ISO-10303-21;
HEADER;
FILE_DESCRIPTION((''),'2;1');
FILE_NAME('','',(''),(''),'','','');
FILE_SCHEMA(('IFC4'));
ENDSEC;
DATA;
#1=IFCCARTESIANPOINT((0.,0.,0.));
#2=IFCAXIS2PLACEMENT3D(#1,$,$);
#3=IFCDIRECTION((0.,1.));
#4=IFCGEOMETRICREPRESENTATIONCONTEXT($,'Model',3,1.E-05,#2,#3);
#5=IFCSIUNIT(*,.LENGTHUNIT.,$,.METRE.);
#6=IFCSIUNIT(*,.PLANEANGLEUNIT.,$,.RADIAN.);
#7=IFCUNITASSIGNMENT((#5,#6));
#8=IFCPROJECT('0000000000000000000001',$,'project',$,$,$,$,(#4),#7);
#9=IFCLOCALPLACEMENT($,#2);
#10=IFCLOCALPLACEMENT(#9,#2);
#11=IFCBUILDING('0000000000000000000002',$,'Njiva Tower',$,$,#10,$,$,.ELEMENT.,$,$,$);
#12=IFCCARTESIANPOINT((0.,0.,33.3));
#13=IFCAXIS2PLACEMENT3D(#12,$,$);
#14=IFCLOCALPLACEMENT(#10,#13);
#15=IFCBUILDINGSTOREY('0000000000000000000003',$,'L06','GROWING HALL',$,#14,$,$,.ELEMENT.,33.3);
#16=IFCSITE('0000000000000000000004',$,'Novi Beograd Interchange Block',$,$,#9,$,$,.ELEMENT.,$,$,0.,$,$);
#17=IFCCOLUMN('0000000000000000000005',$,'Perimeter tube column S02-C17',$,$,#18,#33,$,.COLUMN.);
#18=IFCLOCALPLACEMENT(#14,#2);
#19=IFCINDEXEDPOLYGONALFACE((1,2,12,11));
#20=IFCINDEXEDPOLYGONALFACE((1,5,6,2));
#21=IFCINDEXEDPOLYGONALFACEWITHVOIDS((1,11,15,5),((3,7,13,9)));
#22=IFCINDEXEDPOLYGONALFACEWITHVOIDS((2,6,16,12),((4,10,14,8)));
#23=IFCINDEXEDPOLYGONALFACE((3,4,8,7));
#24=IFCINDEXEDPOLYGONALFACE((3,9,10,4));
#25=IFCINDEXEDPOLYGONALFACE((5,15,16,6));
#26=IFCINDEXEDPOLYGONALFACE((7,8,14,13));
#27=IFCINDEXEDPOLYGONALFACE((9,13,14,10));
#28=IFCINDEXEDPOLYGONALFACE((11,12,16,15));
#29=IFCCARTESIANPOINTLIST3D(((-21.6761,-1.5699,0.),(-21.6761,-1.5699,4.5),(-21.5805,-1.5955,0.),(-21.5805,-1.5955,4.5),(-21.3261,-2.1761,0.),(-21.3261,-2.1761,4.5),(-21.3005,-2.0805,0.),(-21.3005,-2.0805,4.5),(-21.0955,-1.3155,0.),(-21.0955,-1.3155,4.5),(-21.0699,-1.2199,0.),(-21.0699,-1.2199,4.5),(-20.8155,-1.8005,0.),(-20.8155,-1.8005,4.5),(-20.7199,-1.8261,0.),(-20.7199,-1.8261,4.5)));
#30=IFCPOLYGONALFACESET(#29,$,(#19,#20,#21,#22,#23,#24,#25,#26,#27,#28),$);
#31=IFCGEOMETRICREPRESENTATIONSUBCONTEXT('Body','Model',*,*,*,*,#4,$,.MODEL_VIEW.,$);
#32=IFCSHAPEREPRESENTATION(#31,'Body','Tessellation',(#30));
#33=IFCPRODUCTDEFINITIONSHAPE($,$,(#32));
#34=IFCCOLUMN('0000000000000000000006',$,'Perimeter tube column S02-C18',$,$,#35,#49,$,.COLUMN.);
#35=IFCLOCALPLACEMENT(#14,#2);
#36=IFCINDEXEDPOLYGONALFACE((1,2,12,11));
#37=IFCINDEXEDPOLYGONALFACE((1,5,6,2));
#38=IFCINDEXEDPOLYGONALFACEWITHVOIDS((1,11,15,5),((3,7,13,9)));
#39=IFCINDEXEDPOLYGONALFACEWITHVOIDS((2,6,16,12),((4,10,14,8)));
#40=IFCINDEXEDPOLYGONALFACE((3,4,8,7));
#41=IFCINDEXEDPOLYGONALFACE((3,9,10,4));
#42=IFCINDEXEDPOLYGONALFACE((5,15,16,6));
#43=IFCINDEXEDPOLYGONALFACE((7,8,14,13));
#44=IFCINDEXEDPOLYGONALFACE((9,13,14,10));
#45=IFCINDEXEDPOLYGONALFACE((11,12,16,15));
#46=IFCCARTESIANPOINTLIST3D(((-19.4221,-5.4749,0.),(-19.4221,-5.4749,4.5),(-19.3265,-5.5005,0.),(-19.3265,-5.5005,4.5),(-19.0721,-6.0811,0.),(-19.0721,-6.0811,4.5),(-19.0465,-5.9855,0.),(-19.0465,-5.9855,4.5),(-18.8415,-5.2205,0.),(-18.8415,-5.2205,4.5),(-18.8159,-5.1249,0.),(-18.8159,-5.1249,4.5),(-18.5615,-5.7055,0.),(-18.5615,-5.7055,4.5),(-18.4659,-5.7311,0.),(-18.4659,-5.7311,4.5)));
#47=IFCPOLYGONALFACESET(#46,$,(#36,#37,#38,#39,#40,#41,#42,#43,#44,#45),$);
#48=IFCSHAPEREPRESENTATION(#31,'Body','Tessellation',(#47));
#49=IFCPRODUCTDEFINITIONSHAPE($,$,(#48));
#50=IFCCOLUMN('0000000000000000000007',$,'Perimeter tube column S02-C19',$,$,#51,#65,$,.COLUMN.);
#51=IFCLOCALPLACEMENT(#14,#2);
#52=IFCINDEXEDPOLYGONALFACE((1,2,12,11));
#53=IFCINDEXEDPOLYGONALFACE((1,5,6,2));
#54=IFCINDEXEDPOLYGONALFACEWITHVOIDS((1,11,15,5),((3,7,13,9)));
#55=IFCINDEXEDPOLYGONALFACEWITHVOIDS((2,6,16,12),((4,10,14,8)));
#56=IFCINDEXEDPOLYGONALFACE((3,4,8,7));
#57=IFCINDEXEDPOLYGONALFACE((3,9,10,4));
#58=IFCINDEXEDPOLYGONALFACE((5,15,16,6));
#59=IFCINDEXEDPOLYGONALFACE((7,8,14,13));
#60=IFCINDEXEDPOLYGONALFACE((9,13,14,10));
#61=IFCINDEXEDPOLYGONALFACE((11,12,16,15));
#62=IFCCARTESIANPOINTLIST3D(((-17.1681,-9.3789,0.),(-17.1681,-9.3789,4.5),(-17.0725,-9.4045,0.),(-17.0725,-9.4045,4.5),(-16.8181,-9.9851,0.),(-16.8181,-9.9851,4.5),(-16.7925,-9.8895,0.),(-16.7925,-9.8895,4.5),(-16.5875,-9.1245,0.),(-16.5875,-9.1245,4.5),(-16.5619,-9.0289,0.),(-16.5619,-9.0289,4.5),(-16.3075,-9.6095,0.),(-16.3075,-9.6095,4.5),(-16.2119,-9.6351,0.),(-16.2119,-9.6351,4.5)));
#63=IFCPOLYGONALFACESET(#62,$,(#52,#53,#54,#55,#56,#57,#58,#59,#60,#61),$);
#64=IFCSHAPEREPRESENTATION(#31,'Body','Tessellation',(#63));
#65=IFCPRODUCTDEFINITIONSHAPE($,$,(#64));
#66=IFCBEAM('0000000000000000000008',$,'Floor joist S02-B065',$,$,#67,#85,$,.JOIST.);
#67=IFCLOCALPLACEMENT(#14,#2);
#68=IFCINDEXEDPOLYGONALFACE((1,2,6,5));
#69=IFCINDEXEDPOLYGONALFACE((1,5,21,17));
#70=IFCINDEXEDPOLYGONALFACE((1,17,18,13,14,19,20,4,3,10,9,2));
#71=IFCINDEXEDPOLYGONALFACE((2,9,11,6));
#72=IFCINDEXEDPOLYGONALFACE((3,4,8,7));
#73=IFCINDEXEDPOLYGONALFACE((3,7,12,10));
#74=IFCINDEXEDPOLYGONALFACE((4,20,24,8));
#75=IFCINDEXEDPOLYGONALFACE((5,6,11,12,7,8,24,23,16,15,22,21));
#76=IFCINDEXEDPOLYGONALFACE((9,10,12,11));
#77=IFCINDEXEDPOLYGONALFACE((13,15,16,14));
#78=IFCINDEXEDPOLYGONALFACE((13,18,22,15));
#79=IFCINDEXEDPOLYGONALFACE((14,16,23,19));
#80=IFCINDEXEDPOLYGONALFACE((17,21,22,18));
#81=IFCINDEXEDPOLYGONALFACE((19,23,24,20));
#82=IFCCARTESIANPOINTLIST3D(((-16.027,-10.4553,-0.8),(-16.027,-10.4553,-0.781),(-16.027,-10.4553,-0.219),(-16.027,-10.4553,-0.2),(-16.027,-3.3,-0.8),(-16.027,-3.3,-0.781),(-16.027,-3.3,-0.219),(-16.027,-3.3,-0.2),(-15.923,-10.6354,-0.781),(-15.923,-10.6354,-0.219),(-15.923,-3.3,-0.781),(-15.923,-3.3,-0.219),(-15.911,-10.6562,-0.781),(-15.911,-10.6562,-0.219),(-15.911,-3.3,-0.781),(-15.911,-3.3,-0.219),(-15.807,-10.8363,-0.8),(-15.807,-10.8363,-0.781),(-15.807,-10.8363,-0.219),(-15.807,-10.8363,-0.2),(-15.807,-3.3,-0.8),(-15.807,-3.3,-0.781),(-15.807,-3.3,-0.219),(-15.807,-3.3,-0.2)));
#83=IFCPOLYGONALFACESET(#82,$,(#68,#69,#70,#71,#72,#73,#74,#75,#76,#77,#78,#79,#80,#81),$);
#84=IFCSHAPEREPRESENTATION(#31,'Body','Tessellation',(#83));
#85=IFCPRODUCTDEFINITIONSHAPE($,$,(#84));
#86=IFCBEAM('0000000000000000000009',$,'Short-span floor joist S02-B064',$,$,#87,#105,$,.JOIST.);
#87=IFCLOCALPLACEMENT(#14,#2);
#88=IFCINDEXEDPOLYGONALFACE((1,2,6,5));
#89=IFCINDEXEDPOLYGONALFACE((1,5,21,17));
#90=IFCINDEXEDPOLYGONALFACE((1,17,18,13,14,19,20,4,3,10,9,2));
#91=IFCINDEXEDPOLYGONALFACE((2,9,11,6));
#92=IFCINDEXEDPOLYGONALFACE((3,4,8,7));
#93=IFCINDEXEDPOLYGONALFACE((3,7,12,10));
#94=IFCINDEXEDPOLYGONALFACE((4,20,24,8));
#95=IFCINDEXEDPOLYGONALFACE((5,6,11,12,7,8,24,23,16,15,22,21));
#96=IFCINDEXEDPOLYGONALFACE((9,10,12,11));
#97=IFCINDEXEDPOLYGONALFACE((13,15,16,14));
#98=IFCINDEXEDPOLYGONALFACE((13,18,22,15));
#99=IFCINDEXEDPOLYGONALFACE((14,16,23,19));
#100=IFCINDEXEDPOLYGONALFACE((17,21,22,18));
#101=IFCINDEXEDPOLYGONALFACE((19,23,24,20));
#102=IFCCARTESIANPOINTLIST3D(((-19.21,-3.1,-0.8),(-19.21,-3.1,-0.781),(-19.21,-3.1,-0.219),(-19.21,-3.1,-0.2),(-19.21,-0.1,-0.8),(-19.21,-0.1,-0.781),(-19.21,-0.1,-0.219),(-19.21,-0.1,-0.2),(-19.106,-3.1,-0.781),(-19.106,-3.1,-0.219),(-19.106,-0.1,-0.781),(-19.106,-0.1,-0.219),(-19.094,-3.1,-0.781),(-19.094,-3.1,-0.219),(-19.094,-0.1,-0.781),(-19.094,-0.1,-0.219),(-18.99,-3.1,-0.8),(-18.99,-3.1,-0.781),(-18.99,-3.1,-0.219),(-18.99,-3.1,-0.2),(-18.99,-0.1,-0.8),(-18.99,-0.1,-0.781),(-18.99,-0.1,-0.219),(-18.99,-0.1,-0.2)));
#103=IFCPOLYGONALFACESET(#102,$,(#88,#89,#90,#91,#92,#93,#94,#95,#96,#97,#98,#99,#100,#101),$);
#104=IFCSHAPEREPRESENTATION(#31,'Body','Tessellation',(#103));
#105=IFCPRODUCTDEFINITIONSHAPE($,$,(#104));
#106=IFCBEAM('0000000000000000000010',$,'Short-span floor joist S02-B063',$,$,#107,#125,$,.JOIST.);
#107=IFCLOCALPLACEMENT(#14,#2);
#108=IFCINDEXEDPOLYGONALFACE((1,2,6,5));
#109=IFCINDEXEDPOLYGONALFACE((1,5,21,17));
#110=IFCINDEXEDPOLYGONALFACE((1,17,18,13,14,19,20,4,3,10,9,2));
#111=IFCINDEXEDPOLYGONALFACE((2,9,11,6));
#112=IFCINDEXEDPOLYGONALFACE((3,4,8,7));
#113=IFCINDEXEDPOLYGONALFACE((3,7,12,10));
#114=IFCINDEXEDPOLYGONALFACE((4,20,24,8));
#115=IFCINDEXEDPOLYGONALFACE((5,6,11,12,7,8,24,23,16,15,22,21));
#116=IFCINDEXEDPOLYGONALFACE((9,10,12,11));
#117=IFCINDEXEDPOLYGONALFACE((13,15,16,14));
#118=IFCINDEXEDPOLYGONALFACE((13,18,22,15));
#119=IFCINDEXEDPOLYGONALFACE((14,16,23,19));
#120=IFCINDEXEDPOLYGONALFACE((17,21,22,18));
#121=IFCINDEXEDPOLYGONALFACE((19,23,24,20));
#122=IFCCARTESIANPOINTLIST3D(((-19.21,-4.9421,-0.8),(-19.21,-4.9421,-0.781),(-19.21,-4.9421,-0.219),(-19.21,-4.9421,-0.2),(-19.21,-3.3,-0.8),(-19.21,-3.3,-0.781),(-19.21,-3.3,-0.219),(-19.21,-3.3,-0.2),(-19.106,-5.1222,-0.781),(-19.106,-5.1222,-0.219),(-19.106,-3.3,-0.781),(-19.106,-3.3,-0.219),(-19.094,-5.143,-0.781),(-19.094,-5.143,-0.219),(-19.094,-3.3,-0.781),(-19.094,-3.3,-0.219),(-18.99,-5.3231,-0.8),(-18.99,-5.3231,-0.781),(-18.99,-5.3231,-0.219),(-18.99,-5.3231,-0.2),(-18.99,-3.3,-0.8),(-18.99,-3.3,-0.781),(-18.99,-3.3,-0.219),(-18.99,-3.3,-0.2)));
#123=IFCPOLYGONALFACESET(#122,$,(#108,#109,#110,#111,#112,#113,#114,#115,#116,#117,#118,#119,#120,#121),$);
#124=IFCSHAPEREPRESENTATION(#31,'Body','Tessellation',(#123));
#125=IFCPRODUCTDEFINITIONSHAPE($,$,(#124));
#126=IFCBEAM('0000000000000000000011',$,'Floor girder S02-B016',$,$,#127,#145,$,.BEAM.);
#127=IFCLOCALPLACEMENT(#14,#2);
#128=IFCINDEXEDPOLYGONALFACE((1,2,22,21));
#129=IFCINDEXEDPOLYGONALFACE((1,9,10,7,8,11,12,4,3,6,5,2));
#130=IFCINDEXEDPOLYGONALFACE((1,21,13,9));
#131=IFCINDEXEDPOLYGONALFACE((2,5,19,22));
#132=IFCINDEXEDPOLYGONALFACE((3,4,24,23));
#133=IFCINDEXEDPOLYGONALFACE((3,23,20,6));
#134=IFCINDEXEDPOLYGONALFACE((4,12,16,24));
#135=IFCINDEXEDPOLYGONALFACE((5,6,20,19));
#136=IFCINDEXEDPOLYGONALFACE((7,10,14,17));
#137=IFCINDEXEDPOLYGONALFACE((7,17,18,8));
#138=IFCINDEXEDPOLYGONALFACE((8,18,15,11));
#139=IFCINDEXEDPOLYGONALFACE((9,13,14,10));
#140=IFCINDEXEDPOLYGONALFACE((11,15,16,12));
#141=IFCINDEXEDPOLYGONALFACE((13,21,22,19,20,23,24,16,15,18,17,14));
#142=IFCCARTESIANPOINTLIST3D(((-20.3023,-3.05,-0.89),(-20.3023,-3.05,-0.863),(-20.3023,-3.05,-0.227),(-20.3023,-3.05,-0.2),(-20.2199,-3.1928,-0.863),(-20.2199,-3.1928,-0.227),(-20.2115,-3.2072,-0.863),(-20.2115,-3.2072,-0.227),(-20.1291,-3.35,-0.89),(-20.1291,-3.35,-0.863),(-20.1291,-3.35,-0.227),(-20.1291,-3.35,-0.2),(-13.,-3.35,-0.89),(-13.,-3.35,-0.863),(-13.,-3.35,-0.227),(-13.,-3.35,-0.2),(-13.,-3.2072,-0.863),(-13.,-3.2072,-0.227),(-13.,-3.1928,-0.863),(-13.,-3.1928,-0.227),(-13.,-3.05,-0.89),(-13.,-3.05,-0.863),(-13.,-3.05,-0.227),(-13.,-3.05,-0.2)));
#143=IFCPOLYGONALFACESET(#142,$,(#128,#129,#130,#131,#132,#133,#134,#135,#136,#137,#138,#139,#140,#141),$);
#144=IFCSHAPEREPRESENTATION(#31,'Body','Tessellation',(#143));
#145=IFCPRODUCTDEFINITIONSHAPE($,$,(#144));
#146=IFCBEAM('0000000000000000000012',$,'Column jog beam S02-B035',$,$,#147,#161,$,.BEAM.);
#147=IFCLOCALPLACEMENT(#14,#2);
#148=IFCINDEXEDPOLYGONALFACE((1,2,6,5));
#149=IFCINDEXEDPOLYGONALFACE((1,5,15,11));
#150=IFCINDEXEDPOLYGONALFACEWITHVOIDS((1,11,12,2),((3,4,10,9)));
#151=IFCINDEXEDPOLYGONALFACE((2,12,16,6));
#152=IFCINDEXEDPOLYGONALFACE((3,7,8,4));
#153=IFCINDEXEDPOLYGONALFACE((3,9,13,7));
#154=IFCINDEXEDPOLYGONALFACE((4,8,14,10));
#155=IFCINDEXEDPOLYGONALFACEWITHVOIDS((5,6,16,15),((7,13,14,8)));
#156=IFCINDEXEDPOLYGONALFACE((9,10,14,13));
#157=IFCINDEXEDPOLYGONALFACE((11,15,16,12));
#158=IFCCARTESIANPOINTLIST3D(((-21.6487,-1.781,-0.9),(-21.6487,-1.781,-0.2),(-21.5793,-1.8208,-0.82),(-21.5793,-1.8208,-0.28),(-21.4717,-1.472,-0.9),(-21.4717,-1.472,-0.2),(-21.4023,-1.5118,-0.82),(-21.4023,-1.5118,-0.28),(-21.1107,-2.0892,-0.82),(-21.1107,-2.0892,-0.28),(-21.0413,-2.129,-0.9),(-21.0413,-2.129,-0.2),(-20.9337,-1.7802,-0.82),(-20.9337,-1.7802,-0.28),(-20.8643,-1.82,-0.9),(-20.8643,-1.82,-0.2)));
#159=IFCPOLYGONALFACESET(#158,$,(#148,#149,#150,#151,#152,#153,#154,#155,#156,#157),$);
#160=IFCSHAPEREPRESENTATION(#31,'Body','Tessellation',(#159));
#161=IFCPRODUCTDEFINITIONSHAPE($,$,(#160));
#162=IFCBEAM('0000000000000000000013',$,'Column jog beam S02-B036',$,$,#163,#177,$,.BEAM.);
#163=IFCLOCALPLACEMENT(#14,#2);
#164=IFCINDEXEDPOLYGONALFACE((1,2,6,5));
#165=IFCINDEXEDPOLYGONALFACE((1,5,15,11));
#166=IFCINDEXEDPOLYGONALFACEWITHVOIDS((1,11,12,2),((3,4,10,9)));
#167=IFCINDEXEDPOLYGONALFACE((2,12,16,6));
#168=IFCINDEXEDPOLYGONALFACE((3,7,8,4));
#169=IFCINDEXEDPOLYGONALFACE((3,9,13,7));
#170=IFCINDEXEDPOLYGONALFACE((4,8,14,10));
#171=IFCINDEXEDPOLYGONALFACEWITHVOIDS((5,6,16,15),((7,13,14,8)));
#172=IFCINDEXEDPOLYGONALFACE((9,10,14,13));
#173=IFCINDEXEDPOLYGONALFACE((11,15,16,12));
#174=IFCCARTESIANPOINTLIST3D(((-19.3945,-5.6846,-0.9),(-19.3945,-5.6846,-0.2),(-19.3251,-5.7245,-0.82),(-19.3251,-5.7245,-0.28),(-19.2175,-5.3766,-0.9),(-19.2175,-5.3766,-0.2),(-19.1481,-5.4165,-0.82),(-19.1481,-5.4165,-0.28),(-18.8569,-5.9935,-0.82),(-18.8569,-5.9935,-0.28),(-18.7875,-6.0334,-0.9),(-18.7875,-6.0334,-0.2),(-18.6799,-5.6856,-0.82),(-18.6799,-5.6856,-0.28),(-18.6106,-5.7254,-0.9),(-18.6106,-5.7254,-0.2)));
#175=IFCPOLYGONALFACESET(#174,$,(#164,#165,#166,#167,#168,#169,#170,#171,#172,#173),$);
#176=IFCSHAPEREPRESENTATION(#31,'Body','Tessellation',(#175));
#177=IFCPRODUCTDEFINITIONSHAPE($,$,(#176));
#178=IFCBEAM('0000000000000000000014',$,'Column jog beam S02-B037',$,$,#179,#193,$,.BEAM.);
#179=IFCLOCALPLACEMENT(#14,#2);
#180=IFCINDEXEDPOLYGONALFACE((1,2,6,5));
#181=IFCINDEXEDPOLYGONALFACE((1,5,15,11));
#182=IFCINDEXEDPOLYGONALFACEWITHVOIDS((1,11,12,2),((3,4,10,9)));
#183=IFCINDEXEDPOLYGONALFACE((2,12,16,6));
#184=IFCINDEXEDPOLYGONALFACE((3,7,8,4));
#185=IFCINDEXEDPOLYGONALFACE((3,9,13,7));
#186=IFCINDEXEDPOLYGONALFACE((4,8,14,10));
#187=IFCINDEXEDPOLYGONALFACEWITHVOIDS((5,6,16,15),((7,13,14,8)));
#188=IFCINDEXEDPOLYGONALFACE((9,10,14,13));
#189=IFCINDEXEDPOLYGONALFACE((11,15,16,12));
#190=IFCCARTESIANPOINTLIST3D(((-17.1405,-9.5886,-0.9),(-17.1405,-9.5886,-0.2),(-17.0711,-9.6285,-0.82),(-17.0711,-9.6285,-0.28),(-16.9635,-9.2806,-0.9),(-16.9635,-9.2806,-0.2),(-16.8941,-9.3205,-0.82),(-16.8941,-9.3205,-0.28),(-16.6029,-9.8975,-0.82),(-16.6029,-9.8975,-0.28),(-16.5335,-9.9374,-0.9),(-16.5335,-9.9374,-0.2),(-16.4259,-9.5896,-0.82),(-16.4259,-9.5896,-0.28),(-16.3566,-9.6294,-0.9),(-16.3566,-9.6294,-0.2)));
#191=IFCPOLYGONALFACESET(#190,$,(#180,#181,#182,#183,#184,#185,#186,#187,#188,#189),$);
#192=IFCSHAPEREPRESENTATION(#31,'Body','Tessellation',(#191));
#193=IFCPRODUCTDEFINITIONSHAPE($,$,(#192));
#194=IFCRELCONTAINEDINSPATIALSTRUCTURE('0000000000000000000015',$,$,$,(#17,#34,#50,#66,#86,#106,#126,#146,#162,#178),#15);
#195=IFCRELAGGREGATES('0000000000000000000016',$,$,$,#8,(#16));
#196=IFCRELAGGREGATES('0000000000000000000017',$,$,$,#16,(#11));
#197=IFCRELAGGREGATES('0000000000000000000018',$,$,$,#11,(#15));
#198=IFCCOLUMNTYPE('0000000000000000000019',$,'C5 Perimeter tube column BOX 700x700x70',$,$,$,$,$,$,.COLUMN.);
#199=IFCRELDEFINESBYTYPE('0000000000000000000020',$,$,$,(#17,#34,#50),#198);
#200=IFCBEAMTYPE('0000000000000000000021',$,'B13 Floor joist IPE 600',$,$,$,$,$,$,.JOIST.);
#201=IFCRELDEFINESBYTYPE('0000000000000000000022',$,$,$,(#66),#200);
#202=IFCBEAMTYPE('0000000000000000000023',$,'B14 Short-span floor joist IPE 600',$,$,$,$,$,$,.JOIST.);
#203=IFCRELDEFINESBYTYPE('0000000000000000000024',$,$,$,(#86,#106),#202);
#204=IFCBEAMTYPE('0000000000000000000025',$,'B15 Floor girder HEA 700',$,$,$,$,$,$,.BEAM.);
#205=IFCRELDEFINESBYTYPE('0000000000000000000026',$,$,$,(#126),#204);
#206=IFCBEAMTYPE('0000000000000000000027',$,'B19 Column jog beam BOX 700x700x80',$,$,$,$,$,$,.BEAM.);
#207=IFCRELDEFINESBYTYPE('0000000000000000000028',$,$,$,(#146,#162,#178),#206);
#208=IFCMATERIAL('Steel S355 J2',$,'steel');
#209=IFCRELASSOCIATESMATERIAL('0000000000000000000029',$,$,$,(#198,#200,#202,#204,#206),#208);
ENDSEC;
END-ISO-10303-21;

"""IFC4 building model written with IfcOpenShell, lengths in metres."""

from ifc_helpers import new_model, si_unit, direction, frame, origin, origin_2d, place, context, subcontext, project, spatial, hollow_rectangle, i_section, extrude, clip, halfspace, material, material_profile, profile_set, type_object, element, save


model = new_model("IFC4")

# Units and contexts
model_context = context("Model", 3, precision=1e-05, world=origin(), true_north=direction((0.0, 1.0)))
body_context = subcontext(model_context, "Body", "Model", "MODEL_VIEW")
ifc_project = project(units=[si_unit("LENGTHUNIT", "METRE"), si_unit("PLANEANGLEUNIT", "RADIAN")], contexts=[model_context])

# Site, building, storey
site_placement = place(None, origin())
site = spatial("IfcSite", under=ifc_project, at=site_placement, Name="Novi Beograd Interchange Block", CompositionType="ELEMENT", RefElevation=0.0)
building_placement = place(site_placement, origin())
building = spatial("IfcBuilding", under=site, at=building_placement, Name="Njiva Tower", CompositionType="ELEMENT")
storey_placement = place(building_placement, frame((0.0, 0.0, 33.3)))
storey = spatial("IfcBuildingStorey", under=building, at=storey_placement, Name="L06", Description="GROWING HALL", CompositionType="ELEMENT", Elevation=33.3)

# Columns
ifc_material_1 = material(Name="Steel S355 J2", Category="steel")
ifc_material_profile_1 = material_profile(ifc_material_1, hollow_rectangle(XDim=0.7, YDim=0.7, WallThickness=0.07, at=origin_2d()), Name="BOX 700x700x70")
ifc_profile_set_1 = profile_set([ifc_material_profile_1], Name="Steel S355 J2")
column_type = type_object("IfcColumnType", Name="C5 Perimeter tube column BOX 700x700x70", PredefinedType="COLUMN", material=ifc_profile_set_1)
for number, where, z_axis, x_axis, name in (
    (1, (-21.198, -1.698, 0.0), (0.0, 0.0, 1.0), (0.5, -0.866025, 0.0), "Perimeter tube column S02-C17"),
    (2, (-18.944, -5.603, 0.0), (0.0, 0.0, 1.0), (0.5, -0.866025, 0.0), "Perimeter tube column S02-C18"),
    (3, (-16.69, -9.507, 0.0), (0.0, 0.0, 1.0), (0.5, -0.866025, 0.0), "Perimeter tube column S02-C19"),
):
    element("IfcColumn", number, at=place(storey_placement, frame(where, z_axis=z_axis, x_axis=x_axis)), inside=storey, type_object=column_type, Name=name, PredefinedType="COLUMN", context=body_context, shape_type="SweptSolid", body=[
        extrude(hollow_rectangle(XDim=0.7, YDim=0.7, WallThickness=0.07, at=origin_2d()), origin(), (0.0, 0.0, 1.0), 4.5),
    ])

# Beams
ifc_material_profile_2 = material_profile(ifc_material_1, i_section(OverallWidth=0.22, OverallDepth=0.6, WebThickness=0.012, FlangeThickness=0.019, at=origin_2d()), Name="IPE 600")
ifc_profile_set_2 = profile_set([ifc_material_profile_2], Name="Steel S355 J2")
beam_type_1 = type_object("IfcBeamType", Name="B13 Floor joist IPE 600", PredefinedType="JOIST", material=ifc_profile_set_2)
beam_1_placement = place(storey_placement, frame((-15.917, -3.3, -0.5), z_axis=(0.0, -1.0, 0.0), x_axis=(1.0, 0.0, 0.0)))
element("IfcBeam", 4, at=beam_1_placement, inside=storey, type_object=beam_type_1, Name="Floor joist S02-B065", PredefinedType="JOIST", context=body_context, shape_type="Clipping", body=[
    clip(extrude(i_section(OverallWidth=0.22, OverallDepth=0.6, WebThickness=0.012, FlangeThickness=0.019, at=origin_2d()), origin(), (0.0, 0.0, 1.0), 7.557), halfspace(frame((-0.043, 0.0, 7.2713), z_axis=(-0.866027, 0.0, 0.499998), x_axis=(0.0, 1.0, 0.0)), False)),
])
ifc_material_profile_3 = material_profile(ifc_material_1, i_section(OverallWidth=0.22, OverallDepth=0.6, WebThickness=0.012, FlangeThickness=0.019, at=origin_2d()), Name="IPE 600")
ifc_profile_set_3 = profile_set([ifc_material_profile_3], Name="Steel S355 J2")
beam_type_2 = type_object("IfcBeamType", Name="B14 Short-span floor joist IPE 600", PredefinedType="JOIST", material=ifc_profile_set_3)
beam_2_placement = place(storey_placement, frame((-19.1, -0.1, -0.5), z_axis=(0.0, -1.0, 0.0), x_axis=(1.0, 0.0, 0.0)))
element("IfcBeam", 5, at=beam_2_placement, inside=storey, type_object=beam_type_2, Name="Short-span floor joist S02-B064", PredefinedType="JOIST", context=body_context, shape_type="SweptSolid", body=[
    extrude(i_section(OverallWidth=0.22, OverallDepth=0.6, WebThickness=0.012, FlangeThickness=0.019, at=origin_2d()), origin(), (0.0, 0.0, 1.0), 3.0),
])
beam_3_placement = place(storey_placement, frame((-19.1, -3.3, -0.5), z_axis=(0.0, -1.0, 0.0), x_axis=(1.0, 0.0, 0.0)))
element("IfcBeam", 6, at=beam_3_placement, inside=storey, type_object=beam_type_2, Name="Short-span floor joist S02-B063", PredefinedType="JOIST", context=body_context, shape_type="Clipping", body=[
    clip(extrude(i_section(OverallWidth=0.22, OverallDepth=0.6, WebThickness=0.012, FlangeThickness=0.019, at=origin_2d()), origin(), (0.0, 0.0, 1.0), 2.044), halfspace(frame((-0.0433, 0.0, 1.7576), z_axis=(-0.866027, 0.0, 0.499998), x_axis=(0.0, 1.0, 0.0)), False)),
])
ifc_material_profile_4 = material_profile(ifc_material_1, i_section(OverallWidth=0.3, OverallDepth=0.69, WebThickness=0.0145, FlangeThickness=0.027, at=origin_2d()), Name="HEA 700")
ifc_profile_set_4 = profile_set([ifc_material_profile_4], Name="Steel S355 J2")
beam_type_3 = type_object("IfcBeamType", Name="B15 Floor girder HEA 700", PredefinedType="BEAM", material=ifc_profile_set_4)
beam_4_placement = place(storey_placement, frame((-20.323, -3.2, -0.545), z_axis=(1.0, 0.0, 0.0), x_axis=(0.0, 1.0, 0.0)))
element("IfcBeam", 7, at=beam_4_placement, inside=storey, type_object=beam_type_3, Name="Floor girder S02-B016", PredefinedType="BEAM", context=body_context, shape_type="Clipping", body=[
    clip(extrude(i_section(OverallWidth=0.3, OverallDepth=0.69, WebThickness=0.0145, FlangeThickness=0.027, at=origin_2d()), origin(), (0.0, 0.0, 1.0), 7.323), halfspace(frame((-0.025, 0.0, 0.1217), z_axis=(-0.499998, 0.0, -0.866027), x_axis=(0.0, -1.0, 0.0)), False)),
])
ifc_material_profile_5 = material_profile(ifc_material_1, hollow_rectangle(XDim=0.7, YDim=0.7, WallThickness=0.08, at=origin_2d()), Name="BOX 700x700x80")
ifc_profile_set_5 = profile_set([ifc_material_profile_5], Name="Steel S355 J2")
beam_type_4 = type_object("IfcBeamType", Name="B19 Column jog beam BOX 700x700x80", PredefinedType="BEAM", material=ifc_profile_set_5)
beam_5_placement = place(storey_placement, frame((-21.345, -1.955, -0.55), z_axis=(0.497046, 0.867724, 0.0), x_axis=(-0.867724, 0.497046, 0.0)))
element("IfcBeam", 8, at=beam_5_placement, inside=storey, type_object=beam_type_4, Name="Column jog beam S02-B035", PredefinedType="BEAM", context=body_context, shape_type="SweptSolid", body=[
    extrude(hollow_rectangle(XDim=0.7, YDim=0.7, WallThickness=0.08, at=origin_2d()), origin(), (0.0, 0.0, 1.0), 0.3561),
])
for number, where, z_axis, x_axis, name in (
    (9, (-19.091, -5.859, -0.55), (0.49826, 0.867028, 0.0), (-0.867028, 0.49826, 0.0), "Column jog beam S02-B036"),
    (10, (-16.837, -9.763, -0.55), (0.49826, 0.867028, 0.0), (-0.867028, 0.49826, 0.0), "Column jog beam S02-B037"),
):
    element("IfcBeam", number, at=place(storey_placement, frame(where, z_axis=z_axis, x_axis=x_axis)), inside=storey, type_object=beam_type_4, Name=name, PredefinedType="BEAM", context=body_context, shape_type="SweptSolid", body=[
        extrude(hollow_rectangle(XDim=0.7, YDim=0.7, WallThickness=0.08, at=origin_2d()), origin(), (0.0, 0.0, 1.0), 0.3552),
    ])

save(model, "model.ifc")
